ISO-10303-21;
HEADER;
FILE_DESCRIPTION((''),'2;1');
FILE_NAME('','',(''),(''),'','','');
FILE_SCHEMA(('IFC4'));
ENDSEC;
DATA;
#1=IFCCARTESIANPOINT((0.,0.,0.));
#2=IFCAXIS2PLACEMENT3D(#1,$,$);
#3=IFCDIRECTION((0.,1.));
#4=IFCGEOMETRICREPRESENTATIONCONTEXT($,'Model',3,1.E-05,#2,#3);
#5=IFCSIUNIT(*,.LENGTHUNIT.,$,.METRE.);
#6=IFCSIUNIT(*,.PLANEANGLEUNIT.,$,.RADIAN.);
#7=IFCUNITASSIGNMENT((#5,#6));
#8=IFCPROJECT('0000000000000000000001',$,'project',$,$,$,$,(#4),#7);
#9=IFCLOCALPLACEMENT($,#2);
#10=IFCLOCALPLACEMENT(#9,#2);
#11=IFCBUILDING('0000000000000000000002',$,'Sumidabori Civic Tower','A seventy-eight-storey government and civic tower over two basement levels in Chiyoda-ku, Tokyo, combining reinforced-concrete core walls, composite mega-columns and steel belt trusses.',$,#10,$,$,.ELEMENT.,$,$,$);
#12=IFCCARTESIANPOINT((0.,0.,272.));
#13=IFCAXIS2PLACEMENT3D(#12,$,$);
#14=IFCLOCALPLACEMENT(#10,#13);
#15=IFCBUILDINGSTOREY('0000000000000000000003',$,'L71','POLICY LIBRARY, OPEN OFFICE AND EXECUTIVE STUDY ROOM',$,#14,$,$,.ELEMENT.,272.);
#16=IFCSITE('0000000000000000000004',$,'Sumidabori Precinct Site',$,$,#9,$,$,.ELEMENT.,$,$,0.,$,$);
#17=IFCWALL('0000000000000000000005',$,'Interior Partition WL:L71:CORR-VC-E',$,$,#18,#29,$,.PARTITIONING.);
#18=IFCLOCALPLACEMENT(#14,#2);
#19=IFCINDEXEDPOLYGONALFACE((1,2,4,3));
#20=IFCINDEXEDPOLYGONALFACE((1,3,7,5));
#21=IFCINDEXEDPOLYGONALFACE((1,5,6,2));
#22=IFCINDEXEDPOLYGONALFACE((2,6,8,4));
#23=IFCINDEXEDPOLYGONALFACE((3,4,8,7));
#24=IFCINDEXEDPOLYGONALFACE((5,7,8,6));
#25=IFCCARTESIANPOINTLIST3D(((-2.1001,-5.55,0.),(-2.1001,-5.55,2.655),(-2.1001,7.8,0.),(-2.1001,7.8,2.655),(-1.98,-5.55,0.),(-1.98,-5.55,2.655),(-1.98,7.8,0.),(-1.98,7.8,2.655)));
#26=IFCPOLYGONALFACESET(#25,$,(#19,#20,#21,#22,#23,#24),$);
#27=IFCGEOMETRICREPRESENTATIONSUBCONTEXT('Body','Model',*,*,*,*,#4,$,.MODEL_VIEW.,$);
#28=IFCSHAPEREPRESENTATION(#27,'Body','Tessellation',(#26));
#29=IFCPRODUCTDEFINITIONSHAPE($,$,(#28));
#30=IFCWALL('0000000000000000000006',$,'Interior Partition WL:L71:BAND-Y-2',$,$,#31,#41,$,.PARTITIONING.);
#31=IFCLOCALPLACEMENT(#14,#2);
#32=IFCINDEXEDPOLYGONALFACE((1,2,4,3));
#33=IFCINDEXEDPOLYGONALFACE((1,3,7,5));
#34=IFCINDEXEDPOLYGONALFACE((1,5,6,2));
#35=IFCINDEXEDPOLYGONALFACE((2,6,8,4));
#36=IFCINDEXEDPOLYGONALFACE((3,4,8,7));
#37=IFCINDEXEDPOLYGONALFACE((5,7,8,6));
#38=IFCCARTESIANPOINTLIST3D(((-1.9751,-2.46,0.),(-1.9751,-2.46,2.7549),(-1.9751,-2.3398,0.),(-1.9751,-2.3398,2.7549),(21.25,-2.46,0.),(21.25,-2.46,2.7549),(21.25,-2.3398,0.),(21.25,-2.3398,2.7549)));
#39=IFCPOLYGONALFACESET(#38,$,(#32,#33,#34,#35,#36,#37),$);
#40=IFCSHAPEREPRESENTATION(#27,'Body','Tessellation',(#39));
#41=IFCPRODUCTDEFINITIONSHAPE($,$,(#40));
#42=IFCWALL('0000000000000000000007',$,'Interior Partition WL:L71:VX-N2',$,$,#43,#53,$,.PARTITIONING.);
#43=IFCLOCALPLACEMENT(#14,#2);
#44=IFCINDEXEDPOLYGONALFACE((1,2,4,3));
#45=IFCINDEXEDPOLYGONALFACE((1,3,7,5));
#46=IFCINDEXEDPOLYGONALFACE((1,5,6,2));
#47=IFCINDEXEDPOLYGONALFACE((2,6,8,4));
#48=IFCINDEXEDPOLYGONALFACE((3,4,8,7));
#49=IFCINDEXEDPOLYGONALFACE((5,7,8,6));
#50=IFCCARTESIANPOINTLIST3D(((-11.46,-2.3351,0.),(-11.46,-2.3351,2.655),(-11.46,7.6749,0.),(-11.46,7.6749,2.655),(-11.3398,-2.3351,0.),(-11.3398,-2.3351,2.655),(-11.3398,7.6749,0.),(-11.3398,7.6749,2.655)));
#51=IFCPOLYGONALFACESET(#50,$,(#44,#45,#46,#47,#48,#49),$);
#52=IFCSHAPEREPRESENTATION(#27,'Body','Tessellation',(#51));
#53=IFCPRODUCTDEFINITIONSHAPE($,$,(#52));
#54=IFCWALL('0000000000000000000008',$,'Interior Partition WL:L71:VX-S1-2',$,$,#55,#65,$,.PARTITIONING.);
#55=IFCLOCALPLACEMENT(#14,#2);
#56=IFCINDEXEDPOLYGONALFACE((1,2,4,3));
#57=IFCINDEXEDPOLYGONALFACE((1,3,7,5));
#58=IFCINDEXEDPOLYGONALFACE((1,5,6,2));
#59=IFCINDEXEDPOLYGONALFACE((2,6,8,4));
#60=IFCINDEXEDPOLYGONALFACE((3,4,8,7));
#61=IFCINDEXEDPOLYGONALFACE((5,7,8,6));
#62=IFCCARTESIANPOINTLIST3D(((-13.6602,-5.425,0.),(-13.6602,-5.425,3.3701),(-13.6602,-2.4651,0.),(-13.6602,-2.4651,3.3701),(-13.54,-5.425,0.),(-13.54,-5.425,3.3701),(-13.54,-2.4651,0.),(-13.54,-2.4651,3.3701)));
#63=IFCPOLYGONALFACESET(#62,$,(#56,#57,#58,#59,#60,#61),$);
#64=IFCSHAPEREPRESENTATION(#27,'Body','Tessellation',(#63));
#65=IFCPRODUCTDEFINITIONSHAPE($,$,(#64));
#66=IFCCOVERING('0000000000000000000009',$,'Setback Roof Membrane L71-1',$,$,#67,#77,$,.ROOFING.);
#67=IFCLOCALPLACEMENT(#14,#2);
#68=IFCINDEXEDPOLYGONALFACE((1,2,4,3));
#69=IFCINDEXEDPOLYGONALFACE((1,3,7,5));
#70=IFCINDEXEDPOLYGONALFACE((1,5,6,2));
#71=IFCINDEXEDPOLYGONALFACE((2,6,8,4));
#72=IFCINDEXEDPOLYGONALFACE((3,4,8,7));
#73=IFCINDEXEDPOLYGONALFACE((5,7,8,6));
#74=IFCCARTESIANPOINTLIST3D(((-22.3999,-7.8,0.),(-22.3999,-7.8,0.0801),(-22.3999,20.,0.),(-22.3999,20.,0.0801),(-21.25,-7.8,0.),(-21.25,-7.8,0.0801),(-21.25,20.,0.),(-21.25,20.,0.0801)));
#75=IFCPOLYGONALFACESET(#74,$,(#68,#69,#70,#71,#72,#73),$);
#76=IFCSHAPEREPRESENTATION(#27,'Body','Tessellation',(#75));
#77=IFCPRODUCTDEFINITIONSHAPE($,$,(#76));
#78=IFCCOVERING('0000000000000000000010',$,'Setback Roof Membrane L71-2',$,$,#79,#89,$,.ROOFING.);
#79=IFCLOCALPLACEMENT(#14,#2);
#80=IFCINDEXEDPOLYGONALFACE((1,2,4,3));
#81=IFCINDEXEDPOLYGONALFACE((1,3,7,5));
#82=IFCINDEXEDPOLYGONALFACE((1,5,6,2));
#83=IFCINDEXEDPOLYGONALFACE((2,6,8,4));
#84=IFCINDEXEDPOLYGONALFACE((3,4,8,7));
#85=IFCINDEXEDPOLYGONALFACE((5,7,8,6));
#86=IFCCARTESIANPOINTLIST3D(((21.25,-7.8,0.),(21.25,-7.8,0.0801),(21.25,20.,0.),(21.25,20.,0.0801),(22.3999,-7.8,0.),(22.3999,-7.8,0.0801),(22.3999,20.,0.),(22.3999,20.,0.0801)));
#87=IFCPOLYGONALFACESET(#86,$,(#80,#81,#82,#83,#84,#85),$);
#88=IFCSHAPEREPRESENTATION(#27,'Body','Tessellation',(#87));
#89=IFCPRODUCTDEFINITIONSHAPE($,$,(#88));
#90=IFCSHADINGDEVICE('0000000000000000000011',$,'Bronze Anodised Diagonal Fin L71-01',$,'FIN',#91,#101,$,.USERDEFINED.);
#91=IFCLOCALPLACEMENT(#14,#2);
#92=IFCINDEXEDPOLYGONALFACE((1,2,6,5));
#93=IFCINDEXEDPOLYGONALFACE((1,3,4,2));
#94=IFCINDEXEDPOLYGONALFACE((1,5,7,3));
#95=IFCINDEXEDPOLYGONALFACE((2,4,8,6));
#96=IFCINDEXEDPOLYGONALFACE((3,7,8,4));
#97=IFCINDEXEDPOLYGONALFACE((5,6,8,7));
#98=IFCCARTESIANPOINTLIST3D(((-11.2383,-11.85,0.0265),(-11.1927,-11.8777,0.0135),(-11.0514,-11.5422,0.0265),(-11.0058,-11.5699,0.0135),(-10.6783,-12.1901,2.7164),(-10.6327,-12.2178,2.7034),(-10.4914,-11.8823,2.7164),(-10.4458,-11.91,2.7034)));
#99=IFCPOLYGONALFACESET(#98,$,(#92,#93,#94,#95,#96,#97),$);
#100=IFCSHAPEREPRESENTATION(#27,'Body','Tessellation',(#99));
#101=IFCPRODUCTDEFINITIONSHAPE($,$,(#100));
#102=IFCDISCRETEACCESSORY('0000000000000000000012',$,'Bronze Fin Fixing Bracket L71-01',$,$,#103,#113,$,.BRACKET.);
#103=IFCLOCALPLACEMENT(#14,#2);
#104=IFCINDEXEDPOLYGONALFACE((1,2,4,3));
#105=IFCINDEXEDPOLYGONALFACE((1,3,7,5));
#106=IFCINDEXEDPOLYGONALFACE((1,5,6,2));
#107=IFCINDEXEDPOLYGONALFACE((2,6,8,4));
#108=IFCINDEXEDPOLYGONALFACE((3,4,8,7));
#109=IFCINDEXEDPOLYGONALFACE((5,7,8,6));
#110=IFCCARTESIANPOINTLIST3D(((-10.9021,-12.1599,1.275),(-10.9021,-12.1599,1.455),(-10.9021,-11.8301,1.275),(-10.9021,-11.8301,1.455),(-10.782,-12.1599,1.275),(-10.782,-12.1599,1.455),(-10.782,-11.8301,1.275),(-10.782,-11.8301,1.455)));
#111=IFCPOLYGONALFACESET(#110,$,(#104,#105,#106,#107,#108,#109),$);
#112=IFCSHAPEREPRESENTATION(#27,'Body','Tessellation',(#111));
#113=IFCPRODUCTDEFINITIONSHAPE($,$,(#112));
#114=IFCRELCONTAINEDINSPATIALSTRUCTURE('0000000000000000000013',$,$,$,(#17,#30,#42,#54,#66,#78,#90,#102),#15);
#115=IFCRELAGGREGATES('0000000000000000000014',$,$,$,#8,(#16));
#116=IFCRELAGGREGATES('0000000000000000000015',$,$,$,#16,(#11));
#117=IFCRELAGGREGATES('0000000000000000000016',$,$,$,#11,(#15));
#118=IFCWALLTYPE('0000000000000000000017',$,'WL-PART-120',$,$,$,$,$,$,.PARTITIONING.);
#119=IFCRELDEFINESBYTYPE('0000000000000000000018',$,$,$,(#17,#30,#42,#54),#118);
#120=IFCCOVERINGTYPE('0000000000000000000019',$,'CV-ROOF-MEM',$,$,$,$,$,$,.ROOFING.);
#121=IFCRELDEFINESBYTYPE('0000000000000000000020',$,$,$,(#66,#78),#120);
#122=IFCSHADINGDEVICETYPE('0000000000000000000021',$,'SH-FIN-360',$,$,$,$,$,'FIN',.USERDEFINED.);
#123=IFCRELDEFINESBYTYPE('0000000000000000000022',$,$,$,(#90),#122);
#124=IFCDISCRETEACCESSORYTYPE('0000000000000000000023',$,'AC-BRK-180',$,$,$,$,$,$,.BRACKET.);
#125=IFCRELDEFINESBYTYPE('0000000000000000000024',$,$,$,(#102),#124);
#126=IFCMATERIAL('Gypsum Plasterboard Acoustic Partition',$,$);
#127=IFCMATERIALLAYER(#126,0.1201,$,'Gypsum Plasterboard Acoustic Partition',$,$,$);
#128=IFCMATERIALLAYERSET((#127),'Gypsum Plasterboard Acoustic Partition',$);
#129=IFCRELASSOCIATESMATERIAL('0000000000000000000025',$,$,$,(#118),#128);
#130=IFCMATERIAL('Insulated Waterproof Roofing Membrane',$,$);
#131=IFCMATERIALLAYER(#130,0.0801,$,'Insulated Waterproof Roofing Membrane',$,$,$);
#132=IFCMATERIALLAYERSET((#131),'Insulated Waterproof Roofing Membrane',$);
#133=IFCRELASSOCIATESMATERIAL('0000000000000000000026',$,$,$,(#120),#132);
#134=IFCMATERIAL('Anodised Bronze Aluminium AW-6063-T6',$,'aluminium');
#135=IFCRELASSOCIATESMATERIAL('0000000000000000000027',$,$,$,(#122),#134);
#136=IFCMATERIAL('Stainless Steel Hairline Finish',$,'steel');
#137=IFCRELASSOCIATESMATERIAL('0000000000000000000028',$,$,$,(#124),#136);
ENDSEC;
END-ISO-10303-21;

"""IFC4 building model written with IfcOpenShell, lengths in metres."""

from ifc_helpers import new_model, si_unit, direction, frame, frame_2d, origin, origin_2d, place, context, subcontext, project, spatial, polyline, rectangle, outline, extrude, source, transform, mapped, material, layer, layer_set, material_profile, profile_set, type_object, element, save


model = new_model("IFC4")

# Units and contexts
model_context = context("Model", 3, precision=1e-05, world=origin(), true_north=direction((0.0, 1.0)))
body_context = subcontext(model_context, "Body", "Model", "MODEL_VIEW")
ifc_project = project(units=[si_unit("LENGTHUNIT", "METRE"), si_unit("PLANEANGLEUNIT", "RADIAN")], contexts=[model_context])

# Site, building, storey
site_placement = place(None, origin())
site = spatial("IfcSite", under=ifc_project, at=site_placement, Name="Sumidabori Precinct Site", CompositionType="ELEMENT", RefElevation=0.0)
building_placement = place(site_placement, origin())
building = spatial("IfcBuilding", under=site, at=building_placement, Name="Sumidabori Civic Tower", Description="A seventy-eight-storey government and civic tower over two basement levels in Chiyoda-ku, Tokyo, combining reinforced-concrete core walls, composite mega-columns and steel belt trusses.", CompositionType="ELEMENT")
storey_placement = place(building_placement, frame((0.0, 0.0, 272.0)))
storey = spatial("IfcBuildingStorey", under=building, at=storey_placement, Name="L71", Description="POLICY LIBRARY, OPEN OFFICE AND EXECUTIVE STUDY ROOM", CompositionType="ELEMENT", Elevation=272.0)

# Shared definitions
ifc_material_1 = material(Name="Anodised Bronze Aluminium AW-6063-T6", Category="aluminium")

# Shared definitions
ifc_material_2 = material(Name="Gypsum Plasterboard Acoustic Partition")
ifc_layer_1 = layer(ifc_material_2, 0.1201, Name="Gypsum Plasterboard Acoustic Partition")
ifc_layer_set_1 = layer_set([ifc_layer_1], Name="Gypsum Plasterboard Acoustic Partition")
wall_type = type_object("IfcWallType", Name="WL-PART-120", PredefinedType="PARTITIONING", material=ifc_layer_set_1)

# Walls
shared_shape_1 = source(origin(), body_context, "Body", "SweptSolid", [
    extrude(rectangle(XDim=13.3501, YDim=0.1201, at=frame_2d((6.675, 0.0))), origin(), (0.0, 0.0, 1.0), 2.655),
])
for number, where, z_axis, x_axis, name in (
    (1, (-2.04, -5.55, 0.0), (0.0, 0.0, 1.0), (0.0, 1.0, 0.0), "Interior Partition WL:L71:CORR-VC-E"),
):
    element("IfcWall", number, at=place(storey_placement, frame(where, z_axis=z_axis, x_axis=x_axis)), inside=storey, type_object=wall_type, Name=name, PredefinedType="PARTITIONING", context=body_context, shape_type="MappedRepresentation", body=[
        mapped(shared_shape_1, transform((0.0, 0.0, 0.0), x_axis=(1.0, 0.0, 0.0), y_axis=(0.0, 1.0, 0.0), z_axis=(0.0, 0.0, 1.0), scale=1.0)),
    ])
shared_shape_2 = source(origin(), body_context, "Body", "SweptSolid", [
    extrude(rectangle(XDim=23.2251, YDim=0.1201, at=frame_2d((11.6125, 0.0))), origin(), (0.0, 0.0, 1.0), 2.7549),
])
wall_1_placement = place(storey_placement, frame((-1.9751, -2.3999, 0.0), z_axis=(0.0, 0.0, 1.0), x_axis=(1.0, 0.0, 0.0)))
element("IfcWall", 2, at=wall_1_placement, inside=storey, type_object=wall_type, Name="Interior Partition WL:L71:BAND-Y-2", PredefinedType="PARTITIONING", context=body_context, shape_type="MappedRepresentation", body=[
    mapped(shared_shape_2, transform((0.0, 0.0, 0.0), x_axis=(1.0, 0.0, 0.0), y_axis=(0.0, 1.0, 0.0), z_axis=(0.0, 0.0, 1.0), scale=1.0)),
])
shared_shape_3 = source(origin(), body_context, "Body", "SweptSolid", [
    extrude(rectangle(XDim=10.01, YDim=0.1201, at=frame_2d((5.0049, 0.0))), origin(), (0.0, 0.0, 1.0), 2.655),
])
wall_2_placement = place(storey_placement, frame((-11.3999, -2.335, 0.0), z_axis=(0.0, 0.0, 1.0), x_axis=(0.0, 1.0, 0.0)))
element("IfcWall", 3, at=wall_2_placement, inside=storey, type_object=wall_type, Name="Interior Partition WL:L71:VX-N2", PredefinedType="PARTITIONING", context=body_context, shape_type="MappedRepresentation", body=[
    mapped(shared_shape_3, transform((0.0, 0.0, 0.0), x_axis=(1.0, 0.0, 0.0), y_axis=(0.0, 1.0, 0.0), z_axis=(0.0, 0.0, 1.0), scale=1.0)),
])
shared_shape_4 = source(origin(), body_context, "Body", "SweptSolid", [
    extrude(rectangle(XDim=2.96, YDim=0.1201, at=frame_2d((1.48, 0.0))), origin(), (0.0, 0.0, 1.0), 3.3701),
])
wall_3_placement = place(storey_placement, frame((-13.6001, -5.425, 0.0), z_axis=(0.0, 0.0, 1.0), x_axis=(0.0, 1.0, 0.0)))
element("IfcWall", 4, at=wall_3_placement, inside=storey, type_object=wall_type, Name="Interior Partition WL:L71:VX-S1-2", PredefinedType="PARTITIONING", context=body_context, shape_type="MappedRepresentation", body=[
    mapped(shared_shape_4, transform((0.0, 0.0, 0.0), x_axis=(1.0, 0.0, 0.0), y_axis=(0.0, 1.0, 0.0), z_axis=(0.0, 0.0, 1.0), scale=1.0)),
])

# Coverings
ifc_material_3 = material(Name="Insulated Waterproof Roofing Membrane")
ifc_layer_2 = layer(ifc_material_3, 0.0801, Name="Insulated Waterproof Roofing Membrane")
ifc_layer_set_2 = layer_set([ifc_layer_2], Name="Insulated Waterproof Roofing Membrane")
covering_type = type_object("IfcCoveringType", Name="CV-ROOF-MEM", PredefinedType="ROOFING", material=ifc_layer_set_2)
covering_1_placement = place(storey_placement, origin())
element("IfcCovering", 5, at=covering_1_placement, inside=storey, type_object=covering_type, Name="Setback Roof Membrane L71-1", PredefinedType="ROOFING", context=body_context, shape_type="SweptSolid", body=[
    extrude(outline(polyline([(-22.3999, -7.8), (-22.3999, 20.0), (-21.25, 20.0), (-21.25, -7.8), (-22.3999, -7.8)])), origin(), (0.0, 0.0, 1.0), 0.0801),
])
covering_2_placement = place(storey_placement, origin())
element("IfcCovering", 6, at=covering_2_placement, inside=storey, type_object=covering_type, Name="Setback Roof Membrane L71-2", PredefinedType="ROOFING", context=body_context, shape_type="SweptSolid", body=[
    extrude(outline(polyline([(22.3999, 20.0), (22.3999, -7.8), (21.25, -7.8), (21.25, 20.0), (22.3999, 20.0)])), origin(), (0.0, 0.0, 1.0), 0.0801),
])

# Shading device
ifc_material_profile_1 = material_profile(ifc_material_1, rectangle(XDim=0.0549, YDim=0.3601, at=origin_2d()), Name="BRONZE FIN 360x55")
ifc_profile_set_1 = profile_set([ifc_material_profile_1], Name="Anodised Bronze Aluminium AW-6063-T6")
shading_device_type = type_object("IfcShadingDeviceType", Name="SH-FIN-360", ElementType="FIN", PredefinedType="USERDEFINED", material=ifc_profile_set_1)
shared_shape_5 = source(origin(), body_context, "Body", "SweptSolid", [
    extrude(rectangle(XDim=0.0549, YDim=0.3601, at=origin_2d()), origin(), (0.0, 0.0, 1.0), 2.7686),
])
shading_device_placement = place(storey_placement, frame((-11.1221, -11.71, 0.02), z_axis=(0.20229, -0.122838, 0.971591), x_axis=(0.83047, -0.504291, -0.236665)))
element("IfcShadingDevice", 7, at=shading_device_placement, inside=storey, type_object=shading_device_type, Name="Bronze Anodised Diagonal Fin L71-01", ObjectType="FIN", PredefinedType="USERDEFINED", context=body_context, shape_type="MappedRepresentation", body=[
    mapped(shared_shape_5, transform((0.0, 0.0, 0.0), x_axis=(1.0, 0.0, 0.0), y_axis=(0.0, 1.0, 0.0), z_axis=(0.0, 0.0, 1.0), scale=1.0)),
])

# Discrete accessory
ifc_material_4 = material(Name="Stainless Steel Hairline Finish", Category="steel")
ifc_material_profile_2 = material_profile(ifc_material_4, rectangle(XDim=0.1201, YDim=0.1799, at=origin_2d()), Name="STEEL BRACKET 180x120")
ifc_profile_set_2 = profile_set([ifc_material_profile_2], Name="Stainless Steel Hairline Finish")
discrete_accessory_type = type_object("IfcDiscreteAccessoryType", Name="AC-BRK-180", PredefinedType="BRACKET", material=ifc_profile_set_2)
shared_shape_6 = source(origin(), body_context, "Body", "SweptSolid", [
    extrude(rectangle(XDim=0.1201, YDim=0.1799, at=origin_2d()), origin(), (0.0, 0.0, 1.0), 0.3298),
])
discrete_accessory_placement = place(storey_placement, frame((-10.842, -11.8301, 1.365), z_axis=(0.0, -1.0, 0.0), x_axis=(1.0, 0.0, 0.0)))
element("IfcDiscreteAccessory", 8, at=discrete_accessory_placement, inside=storey, type_object=discrete_accessory_type, Name="Bronze Fin Fixing Bracket L71-01", PredefinedType="BRACKET", context=body_context, shape_type="MappedRepresentation", body=[
    mapped(shared_shape_6, transform((0.0, 0.0, 0.0), x_axis=(1.0, 0.0, 0.0), y_axis=(0.0, 1.0, 0.0), z_axis=(0.0, 0.0, 1.0), scale=1.0)),
])

save(model, "model.ifc")
